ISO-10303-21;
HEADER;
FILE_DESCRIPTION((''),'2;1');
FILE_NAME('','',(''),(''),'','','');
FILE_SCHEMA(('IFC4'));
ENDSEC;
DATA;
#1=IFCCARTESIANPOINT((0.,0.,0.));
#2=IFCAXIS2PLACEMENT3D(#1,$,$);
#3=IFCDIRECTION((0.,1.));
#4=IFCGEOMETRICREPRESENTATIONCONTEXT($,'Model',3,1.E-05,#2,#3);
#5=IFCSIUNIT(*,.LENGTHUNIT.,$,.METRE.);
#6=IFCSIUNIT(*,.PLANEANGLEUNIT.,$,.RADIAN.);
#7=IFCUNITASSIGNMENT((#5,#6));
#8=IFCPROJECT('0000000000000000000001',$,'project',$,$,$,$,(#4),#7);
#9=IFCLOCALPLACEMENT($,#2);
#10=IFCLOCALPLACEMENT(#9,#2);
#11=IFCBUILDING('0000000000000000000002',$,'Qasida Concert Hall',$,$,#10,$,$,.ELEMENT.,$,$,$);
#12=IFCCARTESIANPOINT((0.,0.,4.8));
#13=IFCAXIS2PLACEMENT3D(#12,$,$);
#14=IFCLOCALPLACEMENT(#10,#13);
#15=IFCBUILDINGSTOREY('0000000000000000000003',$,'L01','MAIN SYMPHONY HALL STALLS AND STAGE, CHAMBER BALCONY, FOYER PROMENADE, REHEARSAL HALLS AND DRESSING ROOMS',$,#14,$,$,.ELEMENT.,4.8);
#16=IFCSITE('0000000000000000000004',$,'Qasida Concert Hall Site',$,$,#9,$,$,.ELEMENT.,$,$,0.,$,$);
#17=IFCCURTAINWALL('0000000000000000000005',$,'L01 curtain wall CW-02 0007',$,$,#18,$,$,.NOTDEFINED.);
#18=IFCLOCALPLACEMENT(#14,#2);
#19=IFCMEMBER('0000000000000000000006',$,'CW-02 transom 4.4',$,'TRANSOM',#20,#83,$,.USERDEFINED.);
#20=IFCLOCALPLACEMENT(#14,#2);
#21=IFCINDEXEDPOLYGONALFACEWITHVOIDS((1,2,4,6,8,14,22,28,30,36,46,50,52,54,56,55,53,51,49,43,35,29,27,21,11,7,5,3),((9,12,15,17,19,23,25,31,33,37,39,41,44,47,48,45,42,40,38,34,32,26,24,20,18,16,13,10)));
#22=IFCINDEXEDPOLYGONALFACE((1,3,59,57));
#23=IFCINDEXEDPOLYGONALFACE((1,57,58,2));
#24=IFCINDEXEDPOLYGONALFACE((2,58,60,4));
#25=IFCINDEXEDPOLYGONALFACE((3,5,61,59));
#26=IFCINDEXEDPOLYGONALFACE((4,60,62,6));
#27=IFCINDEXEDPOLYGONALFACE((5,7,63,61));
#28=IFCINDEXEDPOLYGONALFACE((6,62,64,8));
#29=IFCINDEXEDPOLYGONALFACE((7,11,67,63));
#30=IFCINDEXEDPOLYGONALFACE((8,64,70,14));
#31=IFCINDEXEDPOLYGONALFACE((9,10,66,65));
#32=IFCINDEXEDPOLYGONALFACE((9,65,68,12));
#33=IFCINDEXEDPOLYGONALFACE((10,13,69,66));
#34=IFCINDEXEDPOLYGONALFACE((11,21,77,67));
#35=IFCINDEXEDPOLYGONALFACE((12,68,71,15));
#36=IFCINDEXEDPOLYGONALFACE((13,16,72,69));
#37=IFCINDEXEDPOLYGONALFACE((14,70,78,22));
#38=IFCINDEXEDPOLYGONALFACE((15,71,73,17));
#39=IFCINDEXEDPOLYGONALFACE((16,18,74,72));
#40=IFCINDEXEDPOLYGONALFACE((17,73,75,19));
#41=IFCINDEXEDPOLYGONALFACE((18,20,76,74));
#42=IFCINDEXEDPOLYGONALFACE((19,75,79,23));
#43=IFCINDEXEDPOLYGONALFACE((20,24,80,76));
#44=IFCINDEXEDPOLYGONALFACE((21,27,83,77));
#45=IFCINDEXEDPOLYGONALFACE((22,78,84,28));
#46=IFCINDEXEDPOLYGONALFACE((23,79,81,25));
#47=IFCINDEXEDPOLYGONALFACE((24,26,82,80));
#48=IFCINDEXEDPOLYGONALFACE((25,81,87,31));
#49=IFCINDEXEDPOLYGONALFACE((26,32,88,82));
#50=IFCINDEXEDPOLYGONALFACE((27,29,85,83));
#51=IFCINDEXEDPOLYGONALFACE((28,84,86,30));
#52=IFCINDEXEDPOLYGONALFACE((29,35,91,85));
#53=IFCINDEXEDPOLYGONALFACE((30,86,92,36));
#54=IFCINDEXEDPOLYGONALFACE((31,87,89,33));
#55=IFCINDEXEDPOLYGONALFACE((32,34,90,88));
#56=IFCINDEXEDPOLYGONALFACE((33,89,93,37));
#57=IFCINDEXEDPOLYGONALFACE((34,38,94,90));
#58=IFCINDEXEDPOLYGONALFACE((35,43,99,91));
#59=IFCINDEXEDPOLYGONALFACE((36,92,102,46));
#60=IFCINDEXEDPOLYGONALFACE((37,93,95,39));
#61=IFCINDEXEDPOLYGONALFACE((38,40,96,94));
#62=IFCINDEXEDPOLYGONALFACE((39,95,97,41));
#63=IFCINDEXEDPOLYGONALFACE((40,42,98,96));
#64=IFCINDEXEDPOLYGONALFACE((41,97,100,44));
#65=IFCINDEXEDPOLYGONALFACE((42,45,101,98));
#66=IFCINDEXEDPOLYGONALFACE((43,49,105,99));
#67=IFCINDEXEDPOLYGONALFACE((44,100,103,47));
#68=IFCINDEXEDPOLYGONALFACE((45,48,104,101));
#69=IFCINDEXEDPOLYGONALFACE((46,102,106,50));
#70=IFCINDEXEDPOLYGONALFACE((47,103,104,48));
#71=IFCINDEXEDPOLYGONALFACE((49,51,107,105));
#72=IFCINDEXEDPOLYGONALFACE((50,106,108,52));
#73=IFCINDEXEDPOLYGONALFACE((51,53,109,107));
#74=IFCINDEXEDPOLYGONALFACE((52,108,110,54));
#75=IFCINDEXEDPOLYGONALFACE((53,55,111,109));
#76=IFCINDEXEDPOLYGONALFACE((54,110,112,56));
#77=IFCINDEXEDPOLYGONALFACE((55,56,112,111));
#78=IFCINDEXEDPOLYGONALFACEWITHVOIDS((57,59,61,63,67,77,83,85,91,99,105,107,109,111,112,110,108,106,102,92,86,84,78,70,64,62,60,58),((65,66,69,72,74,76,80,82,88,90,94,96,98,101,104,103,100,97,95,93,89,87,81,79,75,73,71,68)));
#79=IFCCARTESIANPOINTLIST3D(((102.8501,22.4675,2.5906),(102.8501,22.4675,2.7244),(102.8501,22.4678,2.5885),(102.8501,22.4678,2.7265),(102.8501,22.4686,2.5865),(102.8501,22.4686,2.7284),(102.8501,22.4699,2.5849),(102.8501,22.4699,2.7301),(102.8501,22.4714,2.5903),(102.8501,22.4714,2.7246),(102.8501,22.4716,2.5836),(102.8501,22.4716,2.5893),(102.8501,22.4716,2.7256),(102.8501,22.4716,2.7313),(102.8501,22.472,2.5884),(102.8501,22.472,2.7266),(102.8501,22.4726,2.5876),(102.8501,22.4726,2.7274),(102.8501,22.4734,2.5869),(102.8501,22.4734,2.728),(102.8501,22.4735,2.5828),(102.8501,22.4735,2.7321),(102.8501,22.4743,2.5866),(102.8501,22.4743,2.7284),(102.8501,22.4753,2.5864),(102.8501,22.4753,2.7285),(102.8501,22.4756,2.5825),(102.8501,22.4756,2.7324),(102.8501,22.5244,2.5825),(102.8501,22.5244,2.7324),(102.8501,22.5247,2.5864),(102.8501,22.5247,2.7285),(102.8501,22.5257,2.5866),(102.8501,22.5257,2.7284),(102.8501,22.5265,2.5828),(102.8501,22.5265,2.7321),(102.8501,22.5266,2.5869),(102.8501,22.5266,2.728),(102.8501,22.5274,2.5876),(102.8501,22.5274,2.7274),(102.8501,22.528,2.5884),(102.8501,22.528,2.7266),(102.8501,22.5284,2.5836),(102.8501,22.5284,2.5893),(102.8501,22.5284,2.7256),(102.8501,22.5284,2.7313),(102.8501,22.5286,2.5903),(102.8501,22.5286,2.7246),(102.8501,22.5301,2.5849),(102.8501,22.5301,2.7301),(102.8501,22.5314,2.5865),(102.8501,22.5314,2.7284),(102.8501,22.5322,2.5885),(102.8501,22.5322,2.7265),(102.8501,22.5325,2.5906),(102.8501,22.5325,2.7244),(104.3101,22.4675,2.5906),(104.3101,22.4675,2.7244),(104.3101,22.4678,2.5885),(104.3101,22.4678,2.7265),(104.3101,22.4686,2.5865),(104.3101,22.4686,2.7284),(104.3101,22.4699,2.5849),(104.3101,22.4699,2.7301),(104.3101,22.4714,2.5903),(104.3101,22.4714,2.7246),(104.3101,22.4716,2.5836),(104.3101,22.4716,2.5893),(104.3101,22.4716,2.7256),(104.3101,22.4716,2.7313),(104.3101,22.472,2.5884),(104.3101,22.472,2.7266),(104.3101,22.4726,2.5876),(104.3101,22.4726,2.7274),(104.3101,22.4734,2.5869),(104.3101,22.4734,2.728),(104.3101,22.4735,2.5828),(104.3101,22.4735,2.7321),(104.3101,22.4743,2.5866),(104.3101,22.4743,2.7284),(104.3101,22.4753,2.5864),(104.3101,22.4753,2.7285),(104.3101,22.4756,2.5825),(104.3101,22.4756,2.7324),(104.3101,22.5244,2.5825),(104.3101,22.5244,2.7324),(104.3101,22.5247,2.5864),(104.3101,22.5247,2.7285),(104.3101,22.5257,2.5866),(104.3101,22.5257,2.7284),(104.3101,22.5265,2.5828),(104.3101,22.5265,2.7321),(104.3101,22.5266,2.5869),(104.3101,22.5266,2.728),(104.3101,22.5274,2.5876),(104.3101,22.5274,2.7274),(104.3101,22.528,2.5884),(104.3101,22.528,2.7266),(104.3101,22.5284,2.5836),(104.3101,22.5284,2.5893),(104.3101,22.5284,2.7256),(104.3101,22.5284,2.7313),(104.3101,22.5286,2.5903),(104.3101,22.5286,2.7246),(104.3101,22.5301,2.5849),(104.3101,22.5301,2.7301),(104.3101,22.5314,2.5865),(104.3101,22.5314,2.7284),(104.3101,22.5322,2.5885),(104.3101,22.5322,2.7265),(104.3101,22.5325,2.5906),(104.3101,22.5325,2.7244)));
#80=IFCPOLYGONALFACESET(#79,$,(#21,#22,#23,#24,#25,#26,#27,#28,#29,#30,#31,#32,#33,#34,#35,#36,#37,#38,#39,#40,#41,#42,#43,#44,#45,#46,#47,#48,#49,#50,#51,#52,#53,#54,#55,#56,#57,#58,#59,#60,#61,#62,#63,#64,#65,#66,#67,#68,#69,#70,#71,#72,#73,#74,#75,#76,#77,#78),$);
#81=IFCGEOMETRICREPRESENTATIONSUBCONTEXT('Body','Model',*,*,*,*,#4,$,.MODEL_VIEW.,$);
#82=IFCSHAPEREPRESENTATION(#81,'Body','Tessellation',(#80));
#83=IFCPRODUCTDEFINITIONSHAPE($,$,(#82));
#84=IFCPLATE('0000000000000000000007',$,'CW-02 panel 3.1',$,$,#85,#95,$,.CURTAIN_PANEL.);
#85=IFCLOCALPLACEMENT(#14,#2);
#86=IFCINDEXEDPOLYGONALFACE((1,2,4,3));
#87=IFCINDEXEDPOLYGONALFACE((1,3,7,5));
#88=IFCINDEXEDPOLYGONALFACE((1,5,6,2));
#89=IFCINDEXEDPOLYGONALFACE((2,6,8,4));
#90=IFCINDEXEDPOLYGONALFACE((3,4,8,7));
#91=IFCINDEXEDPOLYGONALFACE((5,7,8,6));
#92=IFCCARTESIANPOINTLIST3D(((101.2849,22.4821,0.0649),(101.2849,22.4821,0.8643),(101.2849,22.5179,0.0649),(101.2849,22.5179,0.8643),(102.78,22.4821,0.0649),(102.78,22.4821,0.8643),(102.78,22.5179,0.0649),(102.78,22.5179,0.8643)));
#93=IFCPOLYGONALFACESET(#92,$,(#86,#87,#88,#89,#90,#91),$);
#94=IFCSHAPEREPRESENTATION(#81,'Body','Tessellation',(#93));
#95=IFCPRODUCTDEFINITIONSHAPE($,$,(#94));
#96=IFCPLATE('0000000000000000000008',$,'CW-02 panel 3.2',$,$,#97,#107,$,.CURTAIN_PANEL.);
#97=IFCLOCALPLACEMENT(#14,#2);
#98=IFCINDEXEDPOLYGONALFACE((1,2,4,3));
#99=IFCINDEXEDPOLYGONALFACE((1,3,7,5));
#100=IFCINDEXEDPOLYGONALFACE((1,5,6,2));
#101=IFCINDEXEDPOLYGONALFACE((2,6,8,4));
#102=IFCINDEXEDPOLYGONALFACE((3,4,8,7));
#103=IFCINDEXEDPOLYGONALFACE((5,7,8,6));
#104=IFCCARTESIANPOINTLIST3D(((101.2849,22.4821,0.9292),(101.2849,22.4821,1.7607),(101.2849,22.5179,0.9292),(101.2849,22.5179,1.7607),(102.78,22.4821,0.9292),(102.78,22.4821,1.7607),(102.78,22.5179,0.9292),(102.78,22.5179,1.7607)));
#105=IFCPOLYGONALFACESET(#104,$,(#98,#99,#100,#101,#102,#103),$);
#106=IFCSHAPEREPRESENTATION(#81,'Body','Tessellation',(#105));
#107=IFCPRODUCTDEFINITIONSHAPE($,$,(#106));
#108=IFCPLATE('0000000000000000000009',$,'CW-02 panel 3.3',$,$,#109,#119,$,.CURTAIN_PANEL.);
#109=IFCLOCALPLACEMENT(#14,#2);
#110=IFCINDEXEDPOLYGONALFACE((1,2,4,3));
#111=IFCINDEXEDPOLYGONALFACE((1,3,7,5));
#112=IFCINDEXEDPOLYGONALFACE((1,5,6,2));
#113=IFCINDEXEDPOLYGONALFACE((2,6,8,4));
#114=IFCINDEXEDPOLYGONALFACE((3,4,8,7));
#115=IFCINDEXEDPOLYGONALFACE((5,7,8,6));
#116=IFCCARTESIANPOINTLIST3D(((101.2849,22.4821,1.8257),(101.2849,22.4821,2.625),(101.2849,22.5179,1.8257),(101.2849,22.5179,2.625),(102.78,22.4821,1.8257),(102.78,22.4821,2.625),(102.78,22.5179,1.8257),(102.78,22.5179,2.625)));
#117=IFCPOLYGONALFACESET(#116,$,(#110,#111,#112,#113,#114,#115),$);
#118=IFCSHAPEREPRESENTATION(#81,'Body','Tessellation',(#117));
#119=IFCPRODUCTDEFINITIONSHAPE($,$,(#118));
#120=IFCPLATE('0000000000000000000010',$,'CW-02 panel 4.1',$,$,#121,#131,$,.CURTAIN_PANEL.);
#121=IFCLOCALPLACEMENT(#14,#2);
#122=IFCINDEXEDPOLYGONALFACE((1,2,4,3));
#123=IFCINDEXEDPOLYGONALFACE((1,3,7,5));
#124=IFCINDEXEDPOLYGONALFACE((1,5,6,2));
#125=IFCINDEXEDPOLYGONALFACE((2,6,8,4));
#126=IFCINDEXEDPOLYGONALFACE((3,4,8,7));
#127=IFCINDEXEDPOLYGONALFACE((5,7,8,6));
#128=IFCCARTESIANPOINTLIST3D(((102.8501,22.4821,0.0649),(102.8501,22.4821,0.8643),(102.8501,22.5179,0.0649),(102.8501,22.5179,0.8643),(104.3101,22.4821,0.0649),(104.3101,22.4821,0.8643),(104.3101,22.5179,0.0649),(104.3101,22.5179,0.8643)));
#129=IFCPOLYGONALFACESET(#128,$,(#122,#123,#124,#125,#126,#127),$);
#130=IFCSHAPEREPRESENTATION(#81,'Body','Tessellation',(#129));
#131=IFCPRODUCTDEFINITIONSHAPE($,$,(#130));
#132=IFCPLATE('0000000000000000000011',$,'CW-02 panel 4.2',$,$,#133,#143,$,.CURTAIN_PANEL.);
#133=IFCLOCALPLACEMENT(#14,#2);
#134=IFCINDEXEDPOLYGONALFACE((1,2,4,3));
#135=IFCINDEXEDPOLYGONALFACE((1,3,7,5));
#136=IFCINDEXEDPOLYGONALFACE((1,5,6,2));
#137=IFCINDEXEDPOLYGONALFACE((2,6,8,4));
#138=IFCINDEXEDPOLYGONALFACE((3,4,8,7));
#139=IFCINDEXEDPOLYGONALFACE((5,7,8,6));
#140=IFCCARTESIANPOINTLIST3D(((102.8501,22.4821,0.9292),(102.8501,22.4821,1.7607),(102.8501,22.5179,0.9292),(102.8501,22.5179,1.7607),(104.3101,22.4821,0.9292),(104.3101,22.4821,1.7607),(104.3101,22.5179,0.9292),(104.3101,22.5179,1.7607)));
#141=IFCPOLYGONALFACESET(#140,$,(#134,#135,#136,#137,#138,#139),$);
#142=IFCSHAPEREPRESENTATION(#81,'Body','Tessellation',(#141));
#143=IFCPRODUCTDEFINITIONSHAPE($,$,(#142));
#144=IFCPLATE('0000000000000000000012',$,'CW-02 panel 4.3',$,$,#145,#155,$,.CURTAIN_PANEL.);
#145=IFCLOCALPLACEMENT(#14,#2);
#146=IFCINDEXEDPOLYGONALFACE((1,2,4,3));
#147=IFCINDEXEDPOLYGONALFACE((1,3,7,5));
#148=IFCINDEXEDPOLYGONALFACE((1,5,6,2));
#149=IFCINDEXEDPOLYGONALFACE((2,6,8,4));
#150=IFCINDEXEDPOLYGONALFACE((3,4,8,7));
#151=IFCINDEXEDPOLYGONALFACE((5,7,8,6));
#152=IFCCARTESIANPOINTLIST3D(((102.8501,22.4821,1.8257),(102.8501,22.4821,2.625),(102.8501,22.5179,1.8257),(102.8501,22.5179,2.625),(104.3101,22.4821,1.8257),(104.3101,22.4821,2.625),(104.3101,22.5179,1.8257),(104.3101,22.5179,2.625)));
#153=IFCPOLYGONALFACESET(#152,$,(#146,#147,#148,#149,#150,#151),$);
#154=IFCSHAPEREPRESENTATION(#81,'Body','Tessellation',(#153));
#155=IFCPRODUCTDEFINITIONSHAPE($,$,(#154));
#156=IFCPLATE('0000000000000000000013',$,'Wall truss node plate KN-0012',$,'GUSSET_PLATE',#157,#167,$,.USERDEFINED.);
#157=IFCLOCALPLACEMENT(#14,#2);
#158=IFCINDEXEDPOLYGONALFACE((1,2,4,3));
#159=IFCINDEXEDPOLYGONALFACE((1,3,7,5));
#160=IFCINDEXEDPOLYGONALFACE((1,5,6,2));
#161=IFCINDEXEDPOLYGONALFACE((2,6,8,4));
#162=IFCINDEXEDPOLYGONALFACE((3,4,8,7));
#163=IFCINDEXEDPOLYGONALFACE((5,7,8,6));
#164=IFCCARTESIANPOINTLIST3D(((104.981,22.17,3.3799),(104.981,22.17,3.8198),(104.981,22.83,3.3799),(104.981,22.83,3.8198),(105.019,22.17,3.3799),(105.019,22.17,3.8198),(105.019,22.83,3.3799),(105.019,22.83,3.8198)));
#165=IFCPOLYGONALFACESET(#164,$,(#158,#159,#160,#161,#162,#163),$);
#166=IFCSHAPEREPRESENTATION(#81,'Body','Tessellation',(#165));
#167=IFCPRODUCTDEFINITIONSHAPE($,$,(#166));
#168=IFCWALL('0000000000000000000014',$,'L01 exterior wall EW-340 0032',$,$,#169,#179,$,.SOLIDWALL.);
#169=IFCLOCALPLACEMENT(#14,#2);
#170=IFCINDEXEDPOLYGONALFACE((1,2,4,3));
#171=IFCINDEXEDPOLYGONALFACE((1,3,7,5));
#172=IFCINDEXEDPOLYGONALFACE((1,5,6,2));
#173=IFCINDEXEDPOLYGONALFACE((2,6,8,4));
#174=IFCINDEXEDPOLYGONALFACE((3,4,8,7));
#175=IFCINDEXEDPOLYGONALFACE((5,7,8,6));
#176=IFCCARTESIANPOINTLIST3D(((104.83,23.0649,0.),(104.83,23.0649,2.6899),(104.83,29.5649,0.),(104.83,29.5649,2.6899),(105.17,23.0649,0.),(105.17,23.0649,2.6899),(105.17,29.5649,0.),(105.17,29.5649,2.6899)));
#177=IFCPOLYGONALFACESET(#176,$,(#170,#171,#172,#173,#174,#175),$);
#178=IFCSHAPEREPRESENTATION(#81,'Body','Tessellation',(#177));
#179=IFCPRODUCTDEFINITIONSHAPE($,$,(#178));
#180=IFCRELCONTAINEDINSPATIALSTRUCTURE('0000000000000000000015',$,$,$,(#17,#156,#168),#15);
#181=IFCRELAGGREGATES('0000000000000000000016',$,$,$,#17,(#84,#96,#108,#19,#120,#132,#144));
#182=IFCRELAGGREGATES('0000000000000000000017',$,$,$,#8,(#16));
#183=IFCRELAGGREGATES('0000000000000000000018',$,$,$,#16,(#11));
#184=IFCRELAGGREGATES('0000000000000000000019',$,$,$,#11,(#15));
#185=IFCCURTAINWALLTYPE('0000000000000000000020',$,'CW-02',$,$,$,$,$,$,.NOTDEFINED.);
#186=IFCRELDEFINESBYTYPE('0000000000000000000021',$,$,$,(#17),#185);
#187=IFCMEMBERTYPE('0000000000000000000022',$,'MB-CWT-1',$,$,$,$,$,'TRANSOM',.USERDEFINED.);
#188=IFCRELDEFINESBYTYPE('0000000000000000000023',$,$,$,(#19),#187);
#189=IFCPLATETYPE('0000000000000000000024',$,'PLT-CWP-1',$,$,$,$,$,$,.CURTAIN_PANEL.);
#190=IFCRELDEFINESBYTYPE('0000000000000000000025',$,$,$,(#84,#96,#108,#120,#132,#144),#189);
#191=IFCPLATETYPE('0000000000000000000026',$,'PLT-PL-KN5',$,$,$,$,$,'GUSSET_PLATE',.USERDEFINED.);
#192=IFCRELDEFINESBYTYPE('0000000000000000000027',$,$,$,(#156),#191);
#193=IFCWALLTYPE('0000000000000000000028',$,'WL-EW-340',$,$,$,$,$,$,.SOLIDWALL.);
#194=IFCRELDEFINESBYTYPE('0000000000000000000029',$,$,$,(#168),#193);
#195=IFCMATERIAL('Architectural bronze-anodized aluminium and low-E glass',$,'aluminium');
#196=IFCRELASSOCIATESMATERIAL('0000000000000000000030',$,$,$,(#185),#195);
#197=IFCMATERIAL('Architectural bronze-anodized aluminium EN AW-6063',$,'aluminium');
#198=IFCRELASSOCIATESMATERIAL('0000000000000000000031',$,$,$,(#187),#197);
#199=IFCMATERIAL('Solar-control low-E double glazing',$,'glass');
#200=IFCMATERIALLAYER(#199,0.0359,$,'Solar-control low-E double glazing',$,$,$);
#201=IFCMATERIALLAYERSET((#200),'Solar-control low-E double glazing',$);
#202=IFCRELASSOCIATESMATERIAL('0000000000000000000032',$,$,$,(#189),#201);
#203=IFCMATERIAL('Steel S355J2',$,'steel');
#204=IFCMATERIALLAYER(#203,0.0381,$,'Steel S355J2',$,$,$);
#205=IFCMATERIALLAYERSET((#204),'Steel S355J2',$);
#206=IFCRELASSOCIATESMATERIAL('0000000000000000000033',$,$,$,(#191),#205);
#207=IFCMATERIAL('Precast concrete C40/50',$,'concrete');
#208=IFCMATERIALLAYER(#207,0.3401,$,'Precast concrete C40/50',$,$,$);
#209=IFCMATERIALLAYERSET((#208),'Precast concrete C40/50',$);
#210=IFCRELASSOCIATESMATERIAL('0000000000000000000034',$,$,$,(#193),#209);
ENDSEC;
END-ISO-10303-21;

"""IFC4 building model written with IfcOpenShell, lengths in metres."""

from ifc_helpers import new_model, si_unit, direction, frame, frame_2d, origin, origin_2d, place, context, subcontext, project, spatial, rectangle, hollow_rectangle, extrude, material, layer, layer_set, material_profile, profile_set, type_object, element, aggregate, save


model = new_model("IFC4")

# Units and contexts
model_context = context("Model", 3, precision=1e-05, world=origin(), true_north=direction((0.0, 1.0)))
body_context = subcontext(model_context, "Body", "Model", "MODEL_VIEW")
ifc_project = project(units=[si_unit("LENGTHUNIT", "METRE"), si_unit("PLANEANGLEUNIT", "RADIAN")], contexts=[model_context])

# Site, building, storey
site_placement = place(None, origin())
site = spatial("IfcSite", under=ifc_project, at=site_placement, Name="Qasida Concert Hall Site", CompositionType="ELEMENT", RefElevation=0.0)
building_placement = place(site_placement, origin())
building = spatial("IfcBuilding", under=site, at=building_placement, Name="Qasida Concert Hall", CompositionType="ELEMENT")
storey_placement = place(building_placement, frame((0.0, 0.0, 4.8)))
storey = spatial("IfcBuildingStorey", under=building, at=storey_placement, Name="L01", Description="MAIN SYMPHONY HALL STALLS AND STAGE, CHAMBER BALCONY, FOYER PROMENADE, REHEARSAL HALLS AND DRESSING ROOMS", CompositionType="ELEMENT", Elevation=4.8)

# Shared definitions
ifc_material_1 = material(Name="Steel S355J2", Category="steel")

# Curtain wall, member, plates
ifc_material_2 = material(Name="Architectural bronze-anodized aluminium and low-E glass", Category="aluminium")
curtain_wall_type = type_object("IfcCurtainWallType", Name="CW-02", PredefinedType="NOTDEFINED", material=ifc_material_2)
curtain_wall_placement = place(storey_placement, origin())
curtain_wall = element("IfcCurtainWall", 1, at=curtain_wall_placement, inside=storey, type_object=curtain_wall_type, Name="L01 curtain wall CW-02 0007", PredefinedType="NOTDEFINED")
ifc_material_3 = material(Name="Architectural bronze-anodized aluminium EN AW-6063", Category="aluminium")
ifc_material_profile_1 = material_profile(ifc_material_3, hollow_rectangle(XDim=0.0649, YDim=0.1499, WallThickness=0.0039, InnerFilletRadius=0.0039, OuterFilletRadius=0.0081, at=origin_2d()), Name="CWT 150x65x4")
ifc_profile_set_1 = profile_set([ifc_material_profile_1], Name="Architectural bronze-anodized aluminium EN AW-6063")
member_type_1 = type_object("IfcMemberType", Name="MB-CWT-1", ElementType="TRANSOM", PredefinedType="USERDEFINED", material=ifc_profile_set_1)
member_1_placement = place(storey_placement, frame((102.8501, 22.5, 2.6575), z_axis=(1.0, 0.0, 0.0), x_axis=(0.0, 1.0, 0.0)))
member_1 = element("IfcMember", 2, at=member_1_placement, type_object=member_type_1, Name="CW-02 transom 4.4", ObjectType="TRANSOM", PredefinedType="USERDEFINED", context=body_context, shape_type="SweptSolid", body=[
    extrude(hollow_rectangle(XDim=0.0649, YDim=0.1499, WallThickness=0.0039, InnerFilletRadius=0.0039, OuterFilletRadius=0.0081, at=origin_2d()), origin(), (0.0, 0.0, 1.0), 1.46),
])
ifc_material_4 = material(Name="Solar-control low-E double glazing", Category="glass")
ifc_layer_1 = layer(ifc_material_4, 0.0359, Name="Solar-control low-E double glazing")
ifc_layer_set_1 = layer_set([ifc_layer_1], Name="Solar-control low-E double glazing")
plate_type_1 = type_object("IfcPlateType", Name="PLT-CWP-1", PredefinedType="CURTAIN_PANEL", material=ifc_layer_set_1)
plate_1_placement = place(storey_placement, frame((102.0325, 22.5, 0.0649), z_axis=(0.0, 0.0, 1.0), x_axis=(1.0, 0.0, 0.0)))
plate_1 = element("IfcPlate", 3, at=plate_1_placement, type_object=plate_type_1, Name="CW-02 panel 3.1", PredefinedType="CURTAIN_PANEL", context=body_context, shape_type="SweptSolid", body=[
    extrude(rectangle(XDim=1.4951, YDim=0.0359, at=origin_2d()), origin(), (0.0, 0.0, 1.0), 0.7993),
])
plate_2_placement = place(storey_placement, frame((102.0325, 22.5, 0.9292), z_axis=(0.0, 0.0, 1.0), x_axis=(1.0, 0.0, 0.0)))
plate_2 = element("IfcPlate", 4, at=plate_2_placement, type_object=plate_type_1, Name="CW-02 panel 3.2", PredefinedType="CURTAIN_PANEL", context=body_context, shape_type="SweptSolid", body=[
    extrude(rectangle(XDim=1.4951, YDim=0.0359, at=origin_2d()), origin(), (0.0, 0.0, 1.0), 0.8315),
])
plate_3_placement = place(storey_placement, frame((102.0325, 22.5, 1.8257), z_axis=(0.0, 0.0, 1.0), x_axis=(1.0, 0.0, 0.0)))
plate_3 = element("IfcPlate", 5, at=plate_3_placement, type_object=plate_type_1, Name="CW-02 panel 3.3", PredefinedType="CURTAIN_PANEL", context=body_context, shape_type="SweptSolid", body=[
    extrude(rectangle(XDim=1.4951, YDim=0.0359, at=origin_2d()), origin(), (0.0, 0.0, 1.0), 0.7993),
])
plate_4_placement = place(storey_placement, frame((103.5801, 22.5, 0.0649), z_axis=(0.0, 0.0, 1.0), x_axis=(1.0, 0.0, 0.0)))
plate_4 = element("IfcPlate", 6, at=plate_4_placement, type_object=plate_type_1, Name="CW-02 panel 4.1", PredefinedType="CURTAIN_PANEL", context=body_context, shape_type="SweptSolid", body=[
    extrude(rectangle(XDim=1.46, YDim=0.0359, at=origin_2d()), origin(), (0.0, 0.0, 1.0), 0.7993),
])
plate_5_placement = place(storey_placement, frame((103.5801, 22.5, 0.9292), z_axis=(0.0, 0.0, 1.0), x_axis=(1.0, 0.0, 0.0)))
plate_5 = element("IfcPlate", 7, at=plate_5_placement, type_object=plate_type_1, Name="CW-02 panel 4.2", PredefinedType="CURTAIN_PANEL", context=body_context, shape_type="SweptSolid", body=[
    extrude(rectangle(XDim=1.46, YDim=0.0359, at=origin_2d()), origin(), (0.0, 0.0, 1.0), 0.8315),
])
plate_6_placement = place(storey_placement, frame((103.5801, 22.5, 1.8257), z_axis=(0.0, 0.0, 1.0), x_axis=(1.0, 0.0, 0.0)))
plate_6 = element("IfcPlate", 8, at=plate_6_placement, type_object=plate_type_1, Name="CW-02 panel 4.3", PredefinedType="CURTAIN_PANEL", context=body_context, shape_type="SweptSolid", body=[
    extrude(rectangle(XDim=1.46, YDim=0.0359, at=origin_2d()), origin(), (0.0, 0.0, 1.0), 0.7993),
])
aggregate(curtain_wall, [plate_1, plate_2, plate_3, member_1, plate_4, plate_5, plate_6])

# Plate
ifc_layer_2 = layer(ifc_material_1, 0.0381, Name="Steel S355J2")
ifc_layer_set_2 = layer_set([ifc_layer_2], Name="Steel S355J2")
plate_type_2 = type_object("IfcPlateType", Name="PLT-PL-KN5", ElementType="GUSSET_PLATE", PredefinedType="USERDEFINED", material=ifc_layer_set_2)
plate_7_placement = place(storey_placement, frame((105.0, 22.5, 3.3799), z_axis=(0.0, 0.0, 1.0), x_axis=(1.0, 0.0, 0.0)))
element("IfcPlate", 9, at=plate_7_placement, inside=storey, type_object=plate_type_2, Name="Wall truss node plate KN-0012", ObjectType="GUSSET_PLATE", PredefinedType="USERDEFINED", context=body_context, shape_type="SweptSolid", body=[
    extrude(rectangle(XDim=0.0381, YDim=0.6599, at=origin_2d()), origin(), (0.0, 0.0, 1.0), 0.4399),
])

# Wall
ifc_material_5 = material(Name="Precast concrete C40/50", Category="concrete")
ifc_layer_3 = layer(ifc_material_5, 0.3401, Name="Precast concrete C40/50")
ifc_layer_set_3 = layer_set([ifc_layer_3], Name="Precast concrete C40/50")
wall_type_1 = type_object("IfcWallType", Name="WL-EW-340", PredefinedType="SOLIDWALL", material=ifc_layer_set_3)
wall_1_placement = place(storey_placement, frame((105.0, 23.0649, 0.0), z_axis=(0.0, 0.0, 1.0), x_axis=(0.0, 1.0, 0.0)))
element("IfcWall", 10, at=wall_1_placement, inside=storey, type_object=wall_type_1, Name="L01 exterior wall EW-340 0032", PredefinedType="SOLIDWALL", context=body_context, shape_type="SweptSolid", body=[
    extrude(rectangle(XDim=6.5, YDim=0.3401, at=frame_2d((3.25, 0.0))), origin(), (0.0, 0.0, 1.0), 2.6899),
])

save(model, "model.ifc")
